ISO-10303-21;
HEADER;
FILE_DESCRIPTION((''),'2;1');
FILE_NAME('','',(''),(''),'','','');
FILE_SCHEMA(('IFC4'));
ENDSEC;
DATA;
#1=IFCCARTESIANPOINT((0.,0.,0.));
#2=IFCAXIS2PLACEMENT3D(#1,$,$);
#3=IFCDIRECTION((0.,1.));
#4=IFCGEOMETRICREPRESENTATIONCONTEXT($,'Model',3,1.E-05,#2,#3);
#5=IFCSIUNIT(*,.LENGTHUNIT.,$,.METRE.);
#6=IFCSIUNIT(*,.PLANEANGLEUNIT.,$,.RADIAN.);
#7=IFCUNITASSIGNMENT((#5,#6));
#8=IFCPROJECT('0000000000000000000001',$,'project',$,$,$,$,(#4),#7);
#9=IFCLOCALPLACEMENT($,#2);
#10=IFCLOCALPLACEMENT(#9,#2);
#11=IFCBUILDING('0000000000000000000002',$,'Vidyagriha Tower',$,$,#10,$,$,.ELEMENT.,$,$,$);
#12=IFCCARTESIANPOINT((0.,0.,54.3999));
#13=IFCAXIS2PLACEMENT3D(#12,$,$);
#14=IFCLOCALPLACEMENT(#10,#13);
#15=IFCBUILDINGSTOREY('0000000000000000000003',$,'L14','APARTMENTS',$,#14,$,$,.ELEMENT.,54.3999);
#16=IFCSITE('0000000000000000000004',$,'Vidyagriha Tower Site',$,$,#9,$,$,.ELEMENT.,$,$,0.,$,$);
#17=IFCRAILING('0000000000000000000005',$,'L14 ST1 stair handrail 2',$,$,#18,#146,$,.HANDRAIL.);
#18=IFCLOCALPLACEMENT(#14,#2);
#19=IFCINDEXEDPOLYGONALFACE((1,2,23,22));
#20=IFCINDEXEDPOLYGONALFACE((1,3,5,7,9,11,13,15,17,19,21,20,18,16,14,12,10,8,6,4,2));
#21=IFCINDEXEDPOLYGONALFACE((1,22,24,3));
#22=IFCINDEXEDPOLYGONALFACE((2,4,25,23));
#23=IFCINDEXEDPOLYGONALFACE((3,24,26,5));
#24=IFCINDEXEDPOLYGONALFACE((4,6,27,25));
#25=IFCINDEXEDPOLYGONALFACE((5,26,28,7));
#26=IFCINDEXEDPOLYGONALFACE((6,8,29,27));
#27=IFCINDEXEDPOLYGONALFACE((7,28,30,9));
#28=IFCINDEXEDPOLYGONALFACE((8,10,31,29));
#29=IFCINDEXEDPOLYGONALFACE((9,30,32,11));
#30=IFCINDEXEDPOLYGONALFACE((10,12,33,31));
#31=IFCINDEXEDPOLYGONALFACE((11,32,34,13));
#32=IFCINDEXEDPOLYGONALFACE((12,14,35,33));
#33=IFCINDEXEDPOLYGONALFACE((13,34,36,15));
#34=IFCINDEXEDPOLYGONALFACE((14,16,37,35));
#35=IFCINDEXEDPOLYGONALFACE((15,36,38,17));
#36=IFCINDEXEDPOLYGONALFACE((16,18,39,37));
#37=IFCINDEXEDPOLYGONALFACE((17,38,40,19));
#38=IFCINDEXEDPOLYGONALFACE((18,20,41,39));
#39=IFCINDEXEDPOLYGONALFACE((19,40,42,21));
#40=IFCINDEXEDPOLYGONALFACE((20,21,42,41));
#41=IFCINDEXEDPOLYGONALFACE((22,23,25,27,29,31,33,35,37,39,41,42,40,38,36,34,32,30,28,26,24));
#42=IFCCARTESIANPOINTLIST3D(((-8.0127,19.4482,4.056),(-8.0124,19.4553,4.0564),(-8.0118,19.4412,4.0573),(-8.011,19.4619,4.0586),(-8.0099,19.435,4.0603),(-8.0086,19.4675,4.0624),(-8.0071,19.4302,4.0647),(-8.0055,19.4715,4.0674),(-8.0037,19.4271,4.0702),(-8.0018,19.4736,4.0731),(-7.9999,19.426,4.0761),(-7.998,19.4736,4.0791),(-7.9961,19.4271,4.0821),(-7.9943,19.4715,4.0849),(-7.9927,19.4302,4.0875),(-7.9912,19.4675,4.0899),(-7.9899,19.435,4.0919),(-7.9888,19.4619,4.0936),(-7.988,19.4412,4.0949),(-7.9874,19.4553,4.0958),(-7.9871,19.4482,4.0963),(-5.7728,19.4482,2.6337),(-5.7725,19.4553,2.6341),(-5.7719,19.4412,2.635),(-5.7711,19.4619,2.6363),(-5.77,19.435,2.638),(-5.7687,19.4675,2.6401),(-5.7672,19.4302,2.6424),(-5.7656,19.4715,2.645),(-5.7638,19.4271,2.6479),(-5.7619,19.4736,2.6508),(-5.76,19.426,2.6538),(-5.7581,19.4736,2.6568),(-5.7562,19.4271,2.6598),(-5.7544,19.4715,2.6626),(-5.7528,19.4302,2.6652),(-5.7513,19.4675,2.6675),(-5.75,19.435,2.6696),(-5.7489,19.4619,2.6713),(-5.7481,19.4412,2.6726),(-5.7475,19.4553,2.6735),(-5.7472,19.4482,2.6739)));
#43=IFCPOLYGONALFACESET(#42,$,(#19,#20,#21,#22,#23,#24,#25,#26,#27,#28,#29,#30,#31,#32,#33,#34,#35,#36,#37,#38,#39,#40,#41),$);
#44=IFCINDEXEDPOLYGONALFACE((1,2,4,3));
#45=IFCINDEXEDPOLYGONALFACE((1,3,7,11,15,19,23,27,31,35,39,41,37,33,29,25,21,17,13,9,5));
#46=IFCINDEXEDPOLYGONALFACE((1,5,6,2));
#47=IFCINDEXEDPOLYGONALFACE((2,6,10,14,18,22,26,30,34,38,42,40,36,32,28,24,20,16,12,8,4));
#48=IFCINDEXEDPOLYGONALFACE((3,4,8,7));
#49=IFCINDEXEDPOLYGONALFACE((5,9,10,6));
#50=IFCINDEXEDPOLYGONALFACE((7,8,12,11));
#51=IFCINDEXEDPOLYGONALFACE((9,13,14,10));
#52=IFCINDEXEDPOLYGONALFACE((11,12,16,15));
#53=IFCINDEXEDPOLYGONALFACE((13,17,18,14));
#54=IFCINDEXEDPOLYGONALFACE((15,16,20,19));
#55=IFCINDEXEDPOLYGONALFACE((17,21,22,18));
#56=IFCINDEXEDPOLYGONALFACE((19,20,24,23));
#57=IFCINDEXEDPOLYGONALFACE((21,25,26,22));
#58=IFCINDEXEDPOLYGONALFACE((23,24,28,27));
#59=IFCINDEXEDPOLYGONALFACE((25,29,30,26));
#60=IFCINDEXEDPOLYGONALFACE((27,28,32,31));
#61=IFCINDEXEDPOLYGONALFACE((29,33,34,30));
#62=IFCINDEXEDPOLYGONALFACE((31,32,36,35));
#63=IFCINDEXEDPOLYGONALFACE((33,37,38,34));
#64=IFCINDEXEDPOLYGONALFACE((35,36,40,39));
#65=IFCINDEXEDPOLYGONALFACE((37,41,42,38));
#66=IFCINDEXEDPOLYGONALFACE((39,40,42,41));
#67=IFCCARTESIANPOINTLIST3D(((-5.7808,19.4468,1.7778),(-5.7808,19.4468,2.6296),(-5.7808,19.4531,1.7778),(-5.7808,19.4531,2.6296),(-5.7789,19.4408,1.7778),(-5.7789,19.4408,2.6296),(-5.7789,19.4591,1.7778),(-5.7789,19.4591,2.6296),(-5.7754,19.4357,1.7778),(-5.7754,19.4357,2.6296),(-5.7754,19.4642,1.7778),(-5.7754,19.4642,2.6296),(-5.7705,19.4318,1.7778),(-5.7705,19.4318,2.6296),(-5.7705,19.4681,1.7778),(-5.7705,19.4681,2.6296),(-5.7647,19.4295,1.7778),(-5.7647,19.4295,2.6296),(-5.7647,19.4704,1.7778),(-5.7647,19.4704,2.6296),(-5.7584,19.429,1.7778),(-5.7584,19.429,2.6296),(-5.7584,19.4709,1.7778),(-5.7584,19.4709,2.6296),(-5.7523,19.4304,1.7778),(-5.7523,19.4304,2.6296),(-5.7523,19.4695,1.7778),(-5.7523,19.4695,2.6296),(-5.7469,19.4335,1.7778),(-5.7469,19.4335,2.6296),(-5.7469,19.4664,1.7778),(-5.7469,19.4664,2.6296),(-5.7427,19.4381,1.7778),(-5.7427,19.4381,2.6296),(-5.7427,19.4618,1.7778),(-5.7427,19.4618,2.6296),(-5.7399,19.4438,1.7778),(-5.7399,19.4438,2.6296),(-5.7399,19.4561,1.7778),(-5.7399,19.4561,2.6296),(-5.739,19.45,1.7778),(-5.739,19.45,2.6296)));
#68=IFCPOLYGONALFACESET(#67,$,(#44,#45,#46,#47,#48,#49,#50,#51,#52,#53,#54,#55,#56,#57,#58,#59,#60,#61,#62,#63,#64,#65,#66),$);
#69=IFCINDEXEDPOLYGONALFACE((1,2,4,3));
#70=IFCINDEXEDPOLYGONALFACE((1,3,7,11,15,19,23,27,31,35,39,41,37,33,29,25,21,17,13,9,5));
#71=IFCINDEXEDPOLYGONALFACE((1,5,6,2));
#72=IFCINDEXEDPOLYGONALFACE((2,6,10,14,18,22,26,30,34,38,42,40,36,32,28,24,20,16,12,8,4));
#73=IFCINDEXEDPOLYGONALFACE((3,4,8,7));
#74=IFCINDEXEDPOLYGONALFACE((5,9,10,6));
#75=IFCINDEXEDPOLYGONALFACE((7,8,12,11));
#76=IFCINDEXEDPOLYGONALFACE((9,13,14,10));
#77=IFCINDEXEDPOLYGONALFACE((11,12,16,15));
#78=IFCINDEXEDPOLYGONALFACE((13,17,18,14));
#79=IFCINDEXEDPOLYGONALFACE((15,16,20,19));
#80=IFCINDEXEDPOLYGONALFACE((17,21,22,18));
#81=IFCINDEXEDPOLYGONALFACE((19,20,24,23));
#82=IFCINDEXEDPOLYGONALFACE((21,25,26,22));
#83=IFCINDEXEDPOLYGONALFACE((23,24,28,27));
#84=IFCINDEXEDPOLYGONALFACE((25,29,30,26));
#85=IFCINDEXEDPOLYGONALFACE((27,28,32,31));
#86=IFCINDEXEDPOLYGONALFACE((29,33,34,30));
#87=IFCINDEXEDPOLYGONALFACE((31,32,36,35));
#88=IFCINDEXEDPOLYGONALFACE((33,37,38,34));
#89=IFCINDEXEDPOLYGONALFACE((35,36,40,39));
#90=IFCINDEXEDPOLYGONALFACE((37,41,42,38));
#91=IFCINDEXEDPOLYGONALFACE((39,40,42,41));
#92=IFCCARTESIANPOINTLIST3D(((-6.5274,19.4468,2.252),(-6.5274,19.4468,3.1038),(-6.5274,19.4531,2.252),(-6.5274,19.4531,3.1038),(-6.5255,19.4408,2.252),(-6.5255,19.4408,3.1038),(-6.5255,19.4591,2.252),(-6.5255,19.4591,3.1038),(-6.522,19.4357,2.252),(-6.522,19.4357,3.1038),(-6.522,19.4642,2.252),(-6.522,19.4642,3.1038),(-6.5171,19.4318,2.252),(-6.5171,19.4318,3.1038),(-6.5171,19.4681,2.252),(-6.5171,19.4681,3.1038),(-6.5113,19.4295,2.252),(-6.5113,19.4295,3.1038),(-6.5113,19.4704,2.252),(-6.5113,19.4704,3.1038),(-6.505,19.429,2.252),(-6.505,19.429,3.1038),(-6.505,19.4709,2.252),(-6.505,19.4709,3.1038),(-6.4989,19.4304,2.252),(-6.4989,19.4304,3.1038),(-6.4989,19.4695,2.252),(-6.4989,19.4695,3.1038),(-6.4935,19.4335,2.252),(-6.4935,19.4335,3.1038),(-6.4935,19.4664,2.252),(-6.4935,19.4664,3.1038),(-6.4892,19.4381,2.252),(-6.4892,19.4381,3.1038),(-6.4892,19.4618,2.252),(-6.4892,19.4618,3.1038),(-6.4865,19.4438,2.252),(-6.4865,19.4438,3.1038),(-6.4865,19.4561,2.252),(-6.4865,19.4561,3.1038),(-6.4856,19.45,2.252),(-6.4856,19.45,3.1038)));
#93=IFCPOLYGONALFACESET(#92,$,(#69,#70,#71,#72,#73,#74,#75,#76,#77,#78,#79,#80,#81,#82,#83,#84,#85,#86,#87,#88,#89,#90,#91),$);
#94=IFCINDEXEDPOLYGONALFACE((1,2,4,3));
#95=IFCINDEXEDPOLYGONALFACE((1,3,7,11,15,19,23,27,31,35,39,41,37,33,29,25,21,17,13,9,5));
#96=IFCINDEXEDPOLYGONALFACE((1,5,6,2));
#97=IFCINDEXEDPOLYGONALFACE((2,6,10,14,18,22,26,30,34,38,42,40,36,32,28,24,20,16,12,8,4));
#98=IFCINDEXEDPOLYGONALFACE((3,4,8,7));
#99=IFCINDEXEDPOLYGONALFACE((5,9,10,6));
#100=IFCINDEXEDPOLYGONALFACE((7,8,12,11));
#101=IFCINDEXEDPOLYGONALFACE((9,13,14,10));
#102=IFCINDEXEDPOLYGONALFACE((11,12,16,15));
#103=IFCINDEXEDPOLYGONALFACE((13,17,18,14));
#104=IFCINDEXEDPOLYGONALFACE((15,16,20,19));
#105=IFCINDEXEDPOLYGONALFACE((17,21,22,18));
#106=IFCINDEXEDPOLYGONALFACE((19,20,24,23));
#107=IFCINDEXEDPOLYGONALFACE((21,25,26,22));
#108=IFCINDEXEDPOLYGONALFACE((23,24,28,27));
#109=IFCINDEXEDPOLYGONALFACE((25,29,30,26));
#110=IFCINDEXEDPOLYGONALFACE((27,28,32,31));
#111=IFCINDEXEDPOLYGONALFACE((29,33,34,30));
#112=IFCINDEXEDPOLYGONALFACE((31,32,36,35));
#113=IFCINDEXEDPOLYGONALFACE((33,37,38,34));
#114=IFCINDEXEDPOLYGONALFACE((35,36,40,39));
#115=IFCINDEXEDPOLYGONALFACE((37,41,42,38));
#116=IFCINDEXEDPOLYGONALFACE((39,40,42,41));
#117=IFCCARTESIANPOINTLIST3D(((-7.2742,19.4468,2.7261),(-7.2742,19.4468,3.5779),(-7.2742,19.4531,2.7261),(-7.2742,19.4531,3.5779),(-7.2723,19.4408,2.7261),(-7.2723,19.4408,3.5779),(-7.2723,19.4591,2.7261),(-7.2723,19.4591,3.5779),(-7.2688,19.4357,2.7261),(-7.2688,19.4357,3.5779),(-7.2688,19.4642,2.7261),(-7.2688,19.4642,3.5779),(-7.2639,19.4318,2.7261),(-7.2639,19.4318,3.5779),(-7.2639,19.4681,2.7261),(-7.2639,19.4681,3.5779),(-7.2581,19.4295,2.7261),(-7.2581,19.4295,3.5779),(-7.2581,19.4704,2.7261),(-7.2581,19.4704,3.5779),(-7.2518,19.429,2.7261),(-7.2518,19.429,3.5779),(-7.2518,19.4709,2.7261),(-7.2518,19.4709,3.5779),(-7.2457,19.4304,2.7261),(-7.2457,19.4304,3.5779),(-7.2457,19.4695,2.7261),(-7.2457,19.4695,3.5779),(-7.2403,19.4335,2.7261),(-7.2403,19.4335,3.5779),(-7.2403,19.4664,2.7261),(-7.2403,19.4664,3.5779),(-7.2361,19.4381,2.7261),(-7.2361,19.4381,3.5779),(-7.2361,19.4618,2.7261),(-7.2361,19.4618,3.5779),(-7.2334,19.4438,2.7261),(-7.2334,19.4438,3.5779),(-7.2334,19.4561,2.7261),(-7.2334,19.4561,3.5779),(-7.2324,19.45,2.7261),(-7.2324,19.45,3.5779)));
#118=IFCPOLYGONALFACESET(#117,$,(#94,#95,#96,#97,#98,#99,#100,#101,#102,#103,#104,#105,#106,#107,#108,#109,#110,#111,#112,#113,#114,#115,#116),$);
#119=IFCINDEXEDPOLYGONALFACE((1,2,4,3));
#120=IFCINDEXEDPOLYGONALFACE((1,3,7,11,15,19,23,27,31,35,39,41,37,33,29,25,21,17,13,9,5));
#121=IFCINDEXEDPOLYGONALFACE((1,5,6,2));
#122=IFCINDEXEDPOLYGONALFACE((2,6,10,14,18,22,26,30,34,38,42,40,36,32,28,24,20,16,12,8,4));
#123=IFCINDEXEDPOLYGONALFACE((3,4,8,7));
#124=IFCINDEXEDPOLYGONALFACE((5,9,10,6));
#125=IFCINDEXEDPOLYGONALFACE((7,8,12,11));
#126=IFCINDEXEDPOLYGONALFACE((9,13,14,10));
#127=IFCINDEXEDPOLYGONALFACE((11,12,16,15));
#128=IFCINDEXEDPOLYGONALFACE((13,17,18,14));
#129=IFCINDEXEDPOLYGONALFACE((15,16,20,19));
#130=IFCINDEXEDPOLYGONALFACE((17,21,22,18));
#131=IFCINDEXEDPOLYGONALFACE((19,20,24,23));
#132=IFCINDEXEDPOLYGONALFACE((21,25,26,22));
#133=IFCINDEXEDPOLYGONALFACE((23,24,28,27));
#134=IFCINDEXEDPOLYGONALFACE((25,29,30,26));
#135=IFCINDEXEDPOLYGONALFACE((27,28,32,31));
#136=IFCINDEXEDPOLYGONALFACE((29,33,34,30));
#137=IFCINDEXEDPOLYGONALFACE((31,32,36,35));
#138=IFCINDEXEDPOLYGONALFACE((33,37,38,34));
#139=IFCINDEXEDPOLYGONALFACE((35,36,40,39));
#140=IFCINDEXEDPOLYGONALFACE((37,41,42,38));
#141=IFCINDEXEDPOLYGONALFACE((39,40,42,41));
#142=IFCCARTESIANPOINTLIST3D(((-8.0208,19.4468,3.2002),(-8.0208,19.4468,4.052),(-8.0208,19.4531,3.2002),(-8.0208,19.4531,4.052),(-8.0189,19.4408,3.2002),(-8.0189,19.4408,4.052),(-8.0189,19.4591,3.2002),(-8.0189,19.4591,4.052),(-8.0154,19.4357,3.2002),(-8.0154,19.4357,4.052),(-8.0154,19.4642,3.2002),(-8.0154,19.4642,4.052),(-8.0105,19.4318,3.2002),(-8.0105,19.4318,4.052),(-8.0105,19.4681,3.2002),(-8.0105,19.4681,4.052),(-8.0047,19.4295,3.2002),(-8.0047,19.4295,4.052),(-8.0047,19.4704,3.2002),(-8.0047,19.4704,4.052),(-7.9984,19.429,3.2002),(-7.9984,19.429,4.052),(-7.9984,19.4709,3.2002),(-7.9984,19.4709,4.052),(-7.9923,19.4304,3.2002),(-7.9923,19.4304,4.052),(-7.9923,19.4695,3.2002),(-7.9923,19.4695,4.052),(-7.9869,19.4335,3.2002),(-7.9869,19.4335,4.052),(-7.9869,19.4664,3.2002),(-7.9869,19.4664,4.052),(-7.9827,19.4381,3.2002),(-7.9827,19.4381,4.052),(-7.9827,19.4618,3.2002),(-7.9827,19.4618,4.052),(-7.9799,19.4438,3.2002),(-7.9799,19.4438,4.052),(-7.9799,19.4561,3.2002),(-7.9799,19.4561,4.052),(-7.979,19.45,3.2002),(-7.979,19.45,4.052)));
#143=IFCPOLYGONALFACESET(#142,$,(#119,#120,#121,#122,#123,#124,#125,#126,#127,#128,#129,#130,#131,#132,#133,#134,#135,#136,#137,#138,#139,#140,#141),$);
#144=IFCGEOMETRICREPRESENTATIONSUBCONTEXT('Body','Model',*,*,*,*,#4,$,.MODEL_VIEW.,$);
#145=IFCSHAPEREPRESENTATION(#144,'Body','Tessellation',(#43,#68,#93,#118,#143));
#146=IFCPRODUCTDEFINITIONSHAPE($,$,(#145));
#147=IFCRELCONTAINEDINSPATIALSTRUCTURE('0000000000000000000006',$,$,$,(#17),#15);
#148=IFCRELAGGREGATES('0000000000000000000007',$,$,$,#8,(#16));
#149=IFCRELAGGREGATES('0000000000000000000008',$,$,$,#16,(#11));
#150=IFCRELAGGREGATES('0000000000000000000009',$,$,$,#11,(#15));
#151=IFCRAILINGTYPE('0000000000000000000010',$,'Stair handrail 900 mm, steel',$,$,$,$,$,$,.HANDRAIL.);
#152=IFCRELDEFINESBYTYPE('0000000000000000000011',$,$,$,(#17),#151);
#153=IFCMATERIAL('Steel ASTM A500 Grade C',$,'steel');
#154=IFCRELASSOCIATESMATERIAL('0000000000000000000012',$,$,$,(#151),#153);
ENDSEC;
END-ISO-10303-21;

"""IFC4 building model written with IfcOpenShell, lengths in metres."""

from ifc_helpers import new_model, si_unit, direction, frame, origin, origin_2d, place, context, subcontext, project, spatial, circle, extrude, material, type_object, element, save


model = new_model("IFC4")

# Units and contexts
model_context = context("Model", 3, precision=1e-05, world=origin(), true_north=direction((0.0, 1.0)))
body_context = subcontext(model_context, "Body", "Model", "MODEL_VIEW")
ifc_project = project(units=[si_unit("LENGTHUNIT", "METRE"), si_unit("PLANEANGLEUNIT", "RADIAN")], contexts=[model_context])

# Site, building, storey
site_placement = place(None, origin())
site = spatial("IfcSite", under=ifc_project, at=site_placement, Name="Vidyagriha Tower Site", CompositionType="ELEMENT", RefElevation=0.0)
building_placement = place(site_placement, origin())
building = spatial("IfcBuilding", under=site, at=building_placement, Name="Vidyagriha Tower", CompositionType="ELEMENT")
storey_placement = place(building_placement, frame((0.0, 0.0, 54.3999)))
storey = spatial("IfcBuildingStorey", under=building, at=storey_placement, Name="L14", Description="APARTMENTS", CompositionType="ELEMENT", Elevation=54.3999)

# Railing
ifc_material_1 = material(Name="Steel ASTM A500 Grade C", Category="steel")
railing_type_1 = type_object("IfcRailingType", Name="Stair handrail 900 mm, steel", PredefinedType="HANDRAIL", material=ifc_material_1)
railing_1_placement = place(storey_placement, frame((-5.76, 19.45, 1.7778)))
element("IfcRailing", 1, at=railing_1_placement, inside=storey, type_object=railing_type_1, Name="L14 ST1 stair handrail 2", PredefinedType="HANDRAIL", context=body_context, shape_type="SweptSolid", body=[
    extrude(circle(Radius=0.0239, at=origin_2d()), frame((0.0, 0.0, 0.876), z_axis=(-0.844188, 0.0, 0.536048), x_axis=(0.0, -1.0, 0.0)), (0.0, 0.0, 1.0), 2.6533),
    extrude(circle(Radius=0.021, at=origin_2d()), origin(), (0.0, 0.0, 1.0), 0.8518),
    extrude(circle(Radius=0.021, at=origin_2d()), frame((-0.7466, 0.0, 0.4741)), (0.0, 0.0, 1.0), 0.8518),
    extrude(circle(Radius=0.021, at=origin_2d()), frame((-1.4934, 0.0, 0.9482)), (0.0, 0.0, 1.0), 0.8518),
    extrude(circle(Radius=0.021, at=origin_2d()), frame((-2.24, 0.0, 1.4224)), (0.0, 0.0, 1.0), 0.8518),
])

save(model, "model.ifc")
